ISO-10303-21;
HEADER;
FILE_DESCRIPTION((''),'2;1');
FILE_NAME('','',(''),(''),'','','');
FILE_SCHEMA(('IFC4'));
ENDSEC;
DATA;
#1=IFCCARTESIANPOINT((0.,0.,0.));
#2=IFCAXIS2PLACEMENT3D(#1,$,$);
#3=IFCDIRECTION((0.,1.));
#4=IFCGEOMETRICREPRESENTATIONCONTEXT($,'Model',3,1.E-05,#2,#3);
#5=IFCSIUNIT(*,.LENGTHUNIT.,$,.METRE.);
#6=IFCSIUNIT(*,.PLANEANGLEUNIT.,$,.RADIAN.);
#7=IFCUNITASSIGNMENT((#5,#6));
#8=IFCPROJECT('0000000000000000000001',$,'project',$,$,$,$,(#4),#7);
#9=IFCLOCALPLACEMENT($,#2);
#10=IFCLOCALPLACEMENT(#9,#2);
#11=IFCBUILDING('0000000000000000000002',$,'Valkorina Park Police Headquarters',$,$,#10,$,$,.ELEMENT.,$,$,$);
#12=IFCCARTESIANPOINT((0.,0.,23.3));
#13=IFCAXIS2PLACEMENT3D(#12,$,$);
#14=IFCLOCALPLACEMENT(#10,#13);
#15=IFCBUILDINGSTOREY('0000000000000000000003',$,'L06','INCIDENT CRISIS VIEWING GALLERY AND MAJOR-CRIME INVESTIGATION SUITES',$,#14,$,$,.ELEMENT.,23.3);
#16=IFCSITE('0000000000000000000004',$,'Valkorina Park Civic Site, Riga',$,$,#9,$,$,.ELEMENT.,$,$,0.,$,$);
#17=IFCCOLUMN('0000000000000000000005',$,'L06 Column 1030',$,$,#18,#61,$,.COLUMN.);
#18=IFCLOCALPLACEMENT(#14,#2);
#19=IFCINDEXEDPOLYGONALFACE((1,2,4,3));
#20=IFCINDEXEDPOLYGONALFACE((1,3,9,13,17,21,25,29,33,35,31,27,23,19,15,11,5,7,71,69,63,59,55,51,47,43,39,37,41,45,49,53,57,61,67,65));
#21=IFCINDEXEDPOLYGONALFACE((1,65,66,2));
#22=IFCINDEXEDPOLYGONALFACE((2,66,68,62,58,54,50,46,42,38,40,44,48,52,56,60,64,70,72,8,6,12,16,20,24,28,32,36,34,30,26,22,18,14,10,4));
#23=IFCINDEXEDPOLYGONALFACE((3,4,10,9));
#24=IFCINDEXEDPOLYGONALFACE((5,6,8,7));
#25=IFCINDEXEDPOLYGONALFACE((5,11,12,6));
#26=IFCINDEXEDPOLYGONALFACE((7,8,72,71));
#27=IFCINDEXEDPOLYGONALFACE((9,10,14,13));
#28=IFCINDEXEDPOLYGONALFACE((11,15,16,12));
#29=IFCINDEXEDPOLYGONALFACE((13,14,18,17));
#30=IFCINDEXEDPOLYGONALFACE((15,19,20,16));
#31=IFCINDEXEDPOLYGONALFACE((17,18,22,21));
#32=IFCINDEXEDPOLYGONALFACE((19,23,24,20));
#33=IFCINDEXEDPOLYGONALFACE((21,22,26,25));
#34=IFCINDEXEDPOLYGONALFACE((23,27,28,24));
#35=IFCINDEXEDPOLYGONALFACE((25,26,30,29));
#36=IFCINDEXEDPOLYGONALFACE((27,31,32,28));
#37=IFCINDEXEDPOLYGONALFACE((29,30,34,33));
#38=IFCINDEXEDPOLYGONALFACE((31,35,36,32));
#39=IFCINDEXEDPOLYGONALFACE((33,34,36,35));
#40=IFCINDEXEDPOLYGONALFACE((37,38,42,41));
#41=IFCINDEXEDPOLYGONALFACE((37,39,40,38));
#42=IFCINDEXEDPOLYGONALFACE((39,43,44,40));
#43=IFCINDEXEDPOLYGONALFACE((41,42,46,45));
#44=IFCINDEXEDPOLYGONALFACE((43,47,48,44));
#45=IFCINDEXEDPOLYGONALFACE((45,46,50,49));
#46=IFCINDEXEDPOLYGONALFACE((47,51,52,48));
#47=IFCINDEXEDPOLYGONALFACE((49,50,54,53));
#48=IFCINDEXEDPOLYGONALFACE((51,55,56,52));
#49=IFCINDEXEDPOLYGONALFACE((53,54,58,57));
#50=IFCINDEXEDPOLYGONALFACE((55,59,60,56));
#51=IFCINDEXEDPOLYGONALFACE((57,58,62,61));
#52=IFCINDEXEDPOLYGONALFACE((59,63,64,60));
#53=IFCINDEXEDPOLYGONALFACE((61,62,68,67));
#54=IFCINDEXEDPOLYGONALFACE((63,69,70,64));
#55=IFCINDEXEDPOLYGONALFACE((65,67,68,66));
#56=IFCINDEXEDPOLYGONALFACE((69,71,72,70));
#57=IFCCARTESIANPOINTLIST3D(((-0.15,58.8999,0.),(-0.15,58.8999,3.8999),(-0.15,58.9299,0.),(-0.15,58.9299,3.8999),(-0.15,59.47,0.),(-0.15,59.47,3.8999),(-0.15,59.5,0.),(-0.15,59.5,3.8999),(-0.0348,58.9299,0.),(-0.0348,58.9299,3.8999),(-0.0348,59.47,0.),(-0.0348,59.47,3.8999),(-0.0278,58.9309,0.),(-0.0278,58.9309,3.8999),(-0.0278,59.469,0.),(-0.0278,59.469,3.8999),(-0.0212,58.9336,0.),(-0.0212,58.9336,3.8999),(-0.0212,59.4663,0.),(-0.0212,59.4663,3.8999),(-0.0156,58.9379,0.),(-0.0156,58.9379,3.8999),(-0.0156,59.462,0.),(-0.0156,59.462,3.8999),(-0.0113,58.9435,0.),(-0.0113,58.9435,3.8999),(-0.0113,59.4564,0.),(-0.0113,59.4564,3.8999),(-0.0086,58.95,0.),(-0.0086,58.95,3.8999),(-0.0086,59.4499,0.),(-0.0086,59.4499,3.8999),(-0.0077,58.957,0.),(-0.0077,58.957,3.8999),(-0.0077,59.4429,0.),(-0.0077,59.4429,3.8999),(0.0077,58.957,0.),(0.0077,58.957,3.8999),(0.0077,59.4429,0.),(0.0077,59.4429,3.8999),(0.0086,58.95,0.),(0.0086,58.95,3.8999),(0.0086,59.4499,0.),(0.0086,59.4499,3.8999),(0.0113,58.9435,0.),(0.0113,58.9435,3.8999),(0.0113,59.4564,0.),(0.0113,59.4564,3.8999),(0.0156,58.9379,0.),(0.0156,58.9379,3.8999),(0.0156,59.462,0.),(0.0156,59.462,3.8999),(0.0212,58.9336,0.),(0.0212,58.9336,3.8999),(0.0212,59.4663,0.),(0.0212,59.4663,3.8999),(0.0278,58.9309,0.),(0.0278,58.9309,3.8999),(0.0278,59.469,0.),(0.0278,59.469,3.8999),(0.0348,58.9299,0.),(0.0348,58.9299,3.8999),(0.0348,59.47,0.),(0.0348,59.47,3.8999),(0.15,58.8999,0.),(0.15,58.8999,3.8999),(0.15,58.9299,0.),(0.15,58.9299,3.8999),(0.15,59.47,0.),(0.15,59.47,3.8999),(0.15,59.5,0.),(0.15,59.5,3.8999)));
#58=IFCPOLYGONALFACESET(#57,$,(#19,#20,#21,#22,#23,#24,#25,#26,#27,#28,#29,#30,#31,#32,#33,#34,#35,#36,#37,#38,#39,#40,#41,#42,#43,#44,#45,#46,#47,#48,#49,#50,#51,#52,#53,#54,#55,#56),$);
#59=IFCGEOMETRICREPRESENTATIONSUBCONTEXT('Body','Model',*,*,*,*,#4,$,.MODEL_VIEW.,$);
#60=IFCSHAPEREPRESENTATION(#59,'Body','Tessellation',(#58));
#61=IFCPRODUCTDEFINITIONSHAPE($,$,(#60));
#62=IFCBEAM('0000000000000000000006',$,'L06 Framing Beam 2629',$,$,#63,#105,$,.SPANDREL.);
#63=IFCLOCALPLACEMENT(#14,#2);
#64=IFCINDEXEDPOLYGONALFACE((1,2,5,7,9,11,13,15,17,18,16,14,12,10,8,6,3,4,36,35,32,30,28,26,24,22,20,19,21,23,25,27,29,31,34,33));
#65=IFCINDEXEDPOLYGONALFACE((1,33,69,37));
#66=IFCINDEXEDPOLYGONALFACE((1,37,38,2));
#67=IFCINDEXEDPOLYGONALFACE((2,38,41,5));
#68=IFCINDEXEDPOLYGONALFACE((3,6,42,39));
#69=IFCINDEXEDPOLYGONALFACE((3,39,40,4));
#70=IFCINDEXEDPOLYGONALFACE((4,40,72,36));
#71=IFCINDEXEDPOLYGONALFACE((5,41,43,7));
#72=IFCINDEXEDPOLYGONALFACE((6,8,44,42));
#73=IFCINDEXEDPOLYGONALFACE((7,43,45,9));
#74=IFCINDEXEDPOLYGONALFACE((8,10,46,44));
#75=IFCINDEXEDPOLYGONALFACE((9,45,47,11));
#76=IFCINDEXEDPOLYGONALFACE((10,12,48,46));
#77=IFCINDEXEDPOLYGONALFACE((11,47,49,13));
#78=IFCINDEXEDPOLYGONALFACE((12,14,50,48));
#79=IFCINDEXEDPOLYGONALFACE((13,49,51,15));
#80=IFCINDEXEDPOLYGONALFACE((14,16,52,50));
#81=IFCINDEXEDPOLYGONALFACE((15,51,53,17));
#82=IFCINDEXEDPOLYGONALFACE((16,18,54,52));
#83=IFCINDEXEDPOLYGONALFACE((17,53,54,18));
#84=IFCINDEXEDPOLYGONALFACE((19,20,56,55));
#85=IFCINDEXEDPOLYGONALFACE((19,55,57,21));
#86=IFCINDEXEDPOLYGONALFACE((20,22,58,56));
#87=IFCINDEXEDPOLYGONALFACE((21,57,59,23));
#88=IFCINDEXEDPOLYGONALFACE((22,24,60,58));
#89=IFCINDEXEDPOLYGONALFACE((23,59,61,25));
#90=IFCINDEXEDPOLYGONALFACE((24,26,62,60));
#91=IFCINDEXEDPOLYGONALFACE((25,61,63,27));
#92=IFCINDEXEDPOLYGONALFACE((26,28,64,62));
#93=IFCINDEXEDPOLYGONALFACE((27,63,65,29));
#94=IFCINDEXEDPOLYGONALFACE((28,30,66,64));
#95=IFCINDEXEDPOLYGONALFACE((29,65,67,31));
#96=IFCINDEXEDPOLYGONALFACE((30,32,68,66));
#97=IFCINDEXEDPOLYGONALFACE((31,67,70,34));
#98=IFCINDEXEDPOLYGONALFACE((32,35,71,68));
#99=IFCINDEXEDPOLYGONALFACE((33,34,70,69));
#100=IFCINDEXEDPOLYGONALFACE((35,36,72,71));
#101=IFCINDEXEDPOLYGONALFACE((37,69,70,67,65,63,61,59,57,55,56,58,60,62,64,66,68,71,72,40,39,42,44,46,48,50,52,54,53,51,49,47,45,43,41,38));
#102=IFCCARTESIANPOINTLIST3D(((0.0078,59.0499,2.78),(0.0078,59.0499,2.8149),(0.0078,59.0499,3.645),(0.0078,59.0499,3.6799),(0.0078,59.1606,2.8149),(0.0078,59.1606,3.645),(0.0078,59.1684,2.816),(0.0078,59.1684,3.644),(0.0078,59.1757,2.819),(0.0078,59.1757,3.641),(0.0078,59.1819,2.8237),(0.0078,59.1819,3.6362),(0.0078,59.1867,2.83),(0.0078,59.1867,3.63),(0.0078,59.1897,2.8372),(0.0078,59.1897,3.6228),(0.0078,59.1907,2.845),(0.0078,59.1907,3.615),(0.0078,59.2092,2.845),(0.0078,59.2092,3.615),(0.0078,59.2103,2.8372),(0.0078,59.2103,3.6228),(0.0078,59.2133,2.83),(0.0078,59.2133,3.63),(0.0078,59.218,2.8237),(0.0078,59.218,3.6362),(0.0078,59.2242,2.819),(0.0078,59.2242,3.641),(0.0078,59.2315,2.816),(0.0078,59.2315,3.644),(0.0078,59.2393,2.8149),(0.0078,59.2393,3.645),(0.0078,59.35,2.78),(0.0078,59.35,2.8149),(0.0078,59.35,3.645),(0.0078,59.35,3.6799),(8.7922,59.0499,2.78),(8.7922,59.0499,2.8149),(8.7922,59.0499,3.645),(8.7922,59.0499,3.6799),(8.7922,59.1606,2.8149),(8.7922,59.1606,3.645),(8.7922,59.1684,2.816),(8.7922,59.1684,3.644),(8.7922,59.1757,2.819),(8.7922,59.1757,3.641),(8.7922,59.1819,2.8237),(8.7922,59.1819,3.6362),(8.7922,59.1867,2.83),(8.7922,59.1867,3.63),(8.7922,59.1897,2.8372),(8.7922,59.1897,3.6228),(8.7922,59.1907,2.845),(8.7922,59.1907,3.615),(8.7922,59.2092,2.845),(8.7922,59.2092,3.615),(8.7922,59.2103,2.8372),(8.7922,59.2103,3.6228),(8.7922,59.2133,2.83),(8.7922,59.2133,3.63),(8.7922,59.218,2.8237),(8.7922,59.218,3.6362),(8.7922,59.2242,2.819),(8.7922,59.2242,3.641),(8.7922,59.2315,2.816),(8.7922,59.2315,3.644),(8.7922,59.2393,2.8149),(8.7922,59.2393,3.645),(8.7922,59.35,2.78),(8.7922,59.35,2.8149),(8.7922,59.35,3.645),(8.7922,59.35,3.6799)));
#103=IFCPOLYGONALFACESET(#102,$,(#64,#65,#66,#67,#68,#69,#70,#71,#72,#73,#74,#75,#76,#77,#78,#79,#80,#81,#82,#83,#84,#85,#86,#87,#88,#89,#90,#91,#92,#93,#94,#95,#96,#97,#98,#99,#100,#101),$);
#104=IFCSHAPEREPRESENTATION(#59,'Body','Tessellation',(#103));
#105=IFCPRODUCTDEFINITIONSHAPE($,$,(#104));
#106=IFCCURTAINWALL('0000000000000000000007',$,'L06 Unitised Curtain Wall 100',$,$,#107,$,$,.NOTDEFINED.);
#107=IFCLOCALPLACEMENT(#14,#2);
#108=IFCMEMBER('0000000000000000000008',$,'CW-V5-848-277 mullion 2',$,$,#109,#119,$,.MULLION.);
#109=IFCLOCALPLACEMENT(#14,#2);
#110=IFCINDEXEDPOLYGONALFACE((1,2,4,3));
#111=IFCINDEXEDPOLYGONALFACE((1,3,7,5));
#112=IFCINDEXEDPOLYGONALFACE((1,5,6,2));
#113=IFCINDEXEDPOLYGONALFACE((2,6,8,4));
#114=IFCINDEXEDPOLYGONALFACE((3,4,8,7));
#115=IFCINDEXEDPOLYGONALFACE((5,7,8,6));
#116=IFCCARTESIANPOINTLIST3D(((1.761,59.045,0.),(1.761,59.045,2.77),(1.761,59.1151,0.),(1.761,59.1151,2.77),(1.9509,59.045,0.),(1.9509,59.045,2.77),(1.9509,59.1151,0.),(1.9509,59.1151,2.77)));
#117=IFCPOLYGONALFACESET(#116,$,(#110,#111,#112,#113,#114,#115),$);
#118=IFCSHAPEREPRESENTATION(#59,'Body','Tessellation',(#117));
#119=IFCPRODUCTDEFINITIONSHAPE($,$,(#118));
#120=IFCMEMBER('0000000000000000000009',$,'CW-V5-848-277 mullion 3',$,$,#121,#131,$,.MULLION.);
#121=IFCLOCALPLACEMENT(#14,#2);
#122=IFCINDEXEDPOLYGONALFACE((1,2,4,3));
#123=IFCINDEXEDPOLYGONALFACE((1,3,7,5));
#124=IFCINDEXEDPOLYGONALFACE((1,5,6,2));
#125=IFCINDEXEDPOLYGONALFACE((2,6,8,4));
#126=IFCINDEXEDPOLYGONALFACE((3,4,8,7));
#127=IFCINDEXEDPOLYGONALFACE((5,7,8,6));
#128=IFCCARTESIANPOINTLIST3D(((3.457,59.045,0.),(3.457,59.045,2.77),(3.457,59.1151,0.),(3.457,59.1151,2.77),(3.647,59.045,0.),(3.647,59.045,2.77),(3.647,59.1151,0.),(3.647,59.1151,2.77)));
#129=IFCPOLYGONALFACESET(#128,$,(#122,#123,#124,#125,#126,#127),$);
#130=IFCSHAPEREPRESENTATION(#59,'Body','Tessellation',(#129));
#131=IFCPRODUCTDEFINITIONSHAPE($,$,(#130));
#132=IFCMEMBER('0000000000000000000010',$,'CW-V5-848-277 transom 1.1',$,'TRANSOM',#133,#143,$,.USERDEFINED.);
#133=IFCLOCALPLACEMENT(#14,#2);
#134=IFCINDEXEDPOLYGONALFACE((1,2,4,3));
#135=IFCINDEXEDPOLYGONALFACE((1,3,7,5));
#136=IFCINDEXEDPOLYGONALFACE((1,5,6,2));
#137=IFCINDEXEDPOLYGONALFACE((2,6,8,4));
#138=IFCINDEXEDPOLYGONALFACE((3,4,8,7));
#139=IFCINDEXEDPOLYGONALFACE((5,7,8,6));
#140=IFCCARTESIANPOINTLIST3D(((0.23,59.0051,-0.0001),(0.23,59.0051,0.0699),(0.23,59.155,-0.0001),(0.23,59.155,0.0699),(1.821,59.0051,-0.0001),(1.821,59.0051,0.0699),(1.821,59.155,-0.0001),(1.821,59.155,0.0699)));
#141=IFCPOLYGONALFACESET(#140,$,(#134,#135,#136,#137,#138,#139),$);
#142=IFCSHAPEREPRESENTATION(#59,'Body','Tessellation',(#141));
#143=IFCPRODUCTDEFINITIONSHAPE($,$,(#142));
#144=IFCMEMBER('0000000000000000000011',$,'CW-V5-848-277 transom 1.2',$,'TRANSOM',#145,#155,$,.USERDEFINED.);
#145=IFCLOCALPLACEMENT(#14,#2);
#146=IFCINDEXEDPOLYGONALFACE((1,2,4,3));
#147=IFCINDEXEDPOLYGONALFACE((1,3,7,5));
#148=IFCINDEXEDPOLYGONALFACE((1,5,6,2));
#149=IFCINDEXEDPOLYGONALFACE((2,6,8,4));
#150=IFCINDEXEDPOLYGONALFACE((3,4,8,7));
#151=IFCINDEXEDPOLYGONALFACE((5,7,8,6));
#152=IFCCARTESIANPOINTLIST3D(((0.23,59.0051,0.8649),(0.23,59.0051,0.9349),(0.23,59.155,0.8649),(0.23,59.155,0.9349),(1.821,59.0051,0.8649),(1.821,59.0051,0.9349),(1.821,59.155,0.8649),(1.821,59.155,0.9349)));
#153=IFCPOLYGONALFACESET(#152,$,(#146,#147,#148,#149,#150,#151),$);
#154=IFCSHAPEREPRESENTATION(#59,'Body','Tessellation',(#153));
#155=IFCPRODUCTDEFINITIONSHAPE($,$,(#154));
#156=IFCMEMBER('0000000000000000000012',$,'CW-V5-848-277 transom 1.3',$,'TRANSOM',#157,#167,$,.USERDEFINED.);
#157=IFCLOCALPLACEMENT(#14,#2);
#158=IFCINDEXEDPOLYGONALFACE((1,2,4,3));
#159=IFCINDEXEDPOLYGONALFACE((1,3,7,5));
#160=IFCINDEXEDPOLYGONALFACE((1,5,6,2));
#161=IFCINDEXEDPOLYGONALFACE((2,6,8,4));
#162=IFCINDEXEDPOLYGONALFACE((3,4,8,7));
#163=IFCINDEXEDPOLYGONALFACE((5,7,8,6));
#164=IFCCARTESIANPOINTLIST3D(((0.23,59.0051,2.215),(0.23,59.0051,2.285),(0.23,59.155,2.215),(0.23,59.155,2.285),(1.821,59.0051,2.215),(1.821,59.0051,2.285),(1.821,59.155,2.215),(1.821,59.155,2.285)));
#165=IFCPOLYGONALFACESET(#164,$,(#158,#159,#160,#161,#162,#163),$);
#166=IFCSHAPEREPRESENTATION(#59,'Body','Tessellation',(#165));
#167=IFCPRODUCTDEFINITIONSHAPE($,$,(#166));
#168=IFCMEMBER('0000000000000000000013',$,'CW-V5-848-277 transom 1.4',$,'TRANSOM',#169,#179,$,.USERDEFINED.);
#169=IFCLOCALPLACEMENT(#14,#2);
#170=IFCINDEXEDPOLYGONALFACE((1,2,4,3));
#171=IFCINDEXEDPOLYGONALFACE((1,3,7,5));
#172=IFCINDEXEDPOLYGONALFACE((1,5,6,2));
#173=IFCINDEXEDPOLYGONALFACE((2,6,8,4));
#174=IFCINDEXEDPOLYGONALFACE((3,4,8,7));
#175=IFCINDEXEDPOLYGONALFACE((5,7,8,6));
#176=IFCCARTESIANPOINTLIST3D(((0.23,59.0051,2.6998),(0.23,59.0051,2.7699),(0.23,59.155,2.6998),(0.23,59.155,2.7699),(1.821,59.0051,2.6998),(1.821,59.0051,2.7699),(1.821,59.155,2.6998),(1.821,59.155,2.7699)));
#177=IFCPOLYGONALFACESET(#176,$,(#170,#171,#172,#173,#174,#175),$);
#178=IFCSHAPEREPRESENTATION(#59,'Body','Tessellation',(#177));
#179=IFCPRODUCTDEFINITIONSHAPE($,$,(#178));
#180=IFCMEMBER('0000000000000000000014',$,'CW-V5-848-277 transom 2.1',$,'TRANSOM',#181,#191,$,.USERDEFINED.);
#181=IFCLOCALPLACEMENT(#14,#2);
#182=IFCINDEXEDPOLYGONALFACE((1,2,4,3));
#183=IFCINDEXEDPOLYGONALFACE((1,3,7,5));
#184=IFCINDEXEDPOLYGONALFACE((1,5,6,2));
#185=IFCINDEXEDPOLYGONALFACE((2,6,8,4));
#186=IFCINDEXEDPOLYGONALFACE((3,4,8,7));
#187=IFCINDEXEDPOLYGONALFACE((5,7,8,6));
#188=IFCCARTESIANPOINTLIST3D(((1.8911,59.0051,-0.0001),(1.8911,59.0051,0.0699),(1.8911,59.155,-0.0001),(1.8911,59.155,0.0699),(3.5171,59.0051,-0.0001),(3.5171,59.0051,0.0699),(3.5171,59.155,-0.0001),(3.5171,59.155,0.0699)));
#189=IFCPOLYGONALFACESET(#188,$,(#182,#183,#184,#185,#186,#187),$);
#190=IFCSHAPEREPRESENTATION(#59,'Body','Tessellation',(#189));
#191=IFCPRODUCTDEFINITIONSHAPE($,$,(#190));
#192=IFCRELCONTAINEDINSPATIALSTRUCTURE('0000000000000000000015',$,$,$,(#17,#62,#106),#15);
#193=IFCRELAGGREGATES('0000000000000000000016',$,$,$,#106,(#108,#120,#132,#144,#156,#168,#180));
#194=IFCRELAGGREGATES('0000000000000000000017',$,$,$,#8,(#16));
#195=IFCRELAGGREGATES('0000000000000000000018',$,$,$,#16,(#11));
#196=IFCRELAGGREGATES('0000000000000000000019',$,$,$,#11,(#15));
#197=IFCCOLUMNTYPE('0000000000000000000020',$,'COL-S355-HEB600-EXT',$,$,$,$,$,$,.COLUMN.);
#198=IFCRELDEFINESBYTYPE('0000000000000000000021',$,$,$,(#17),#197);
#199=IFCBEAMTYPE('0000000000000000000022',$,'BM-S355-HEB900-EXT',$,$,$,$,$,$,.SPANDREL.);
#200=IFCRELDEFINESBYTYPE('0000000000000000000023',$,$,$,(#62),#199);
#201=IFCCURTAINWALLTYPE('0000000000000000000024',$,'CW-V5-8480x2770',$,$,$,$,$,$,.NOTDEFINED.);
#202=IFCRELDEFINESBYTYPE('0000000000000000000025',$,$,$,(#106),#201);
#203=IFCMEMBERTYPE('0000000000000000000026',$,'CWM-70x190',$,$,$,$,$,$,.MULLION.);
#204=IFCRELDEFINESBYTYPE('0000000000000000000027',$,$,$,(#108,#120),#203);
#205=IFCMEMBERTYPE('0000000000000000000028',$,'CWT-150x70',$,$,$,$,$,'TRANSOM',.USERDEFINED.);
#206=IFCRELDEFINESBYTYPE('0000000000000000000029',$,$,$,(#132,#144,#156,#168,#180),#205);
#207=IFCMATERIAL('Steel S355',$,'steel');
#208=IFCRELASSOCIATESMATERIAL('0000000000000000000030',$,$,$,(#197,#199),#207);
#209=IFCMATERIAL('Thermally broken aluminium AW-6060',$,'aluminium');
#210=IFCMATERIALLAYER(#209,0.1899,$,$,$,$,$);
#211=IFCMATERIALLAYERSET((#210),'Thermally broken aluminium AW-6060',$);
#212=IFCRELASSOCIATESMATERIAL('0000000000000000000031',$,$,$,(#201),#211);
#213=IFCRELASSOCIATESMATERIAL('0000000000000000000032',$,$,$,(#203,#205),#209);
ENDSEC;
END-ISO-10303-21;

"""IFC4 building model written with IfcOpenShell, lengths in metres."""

from ifc_helpers import new_model, si_unit, direction, frame, origin, origin_2d, place, context, subcontext, project, spatial, rectangle, i_section, extrude, material, layer, layer_set, material_profile, profile_set, type_object, element, aggregate, save


model = new_model("IFC4")

# Units and contexts
model_context = context("Model", 3, precision=1e-05, world=origin(), true_north=direction((0.0, 1.0)))
body_context = subcontext(model_context, "Body", "Model", "MODEL_VIEW")
ifc_project = project(units=[si_unit("LENGTHUNIT", "METRE"), si_unit("PLANEANGLEUNIT", "RADIAN")], contexts=[model_context])

# Site, building, storey
site_placement = place(None, origin())
site = spatial("IfcSite", under=ifc_project, at=site_placement, Name="Valkorina Park Civic Site, Riga", CompositionType="ELEMENT", RefElevation=0.0)
building_placement = place(site_placement, origin())
building = spatial("IfcBuilding", under=site, at=building_placement, Name="Valkorina Park Police Headquarters", CompositionType="ELEMENT")
storey_placement = place(building_placement, frame((0.0, 0.0, 23.3)))
storey = spatial("IfcBuildingStorey", under=building, at=storey_placement, Name="L06", Description="INCIDENT CRISIS VIEWING GALLERY AND MAJOR-CRIME INVESTIGATION SUITES", CompositionType="ELEMENT", Elevation=23.3)

# Column
ifc_material_1 = material(Name="Steel S355", Category="steel")
ifc_material_profile_1 = material_profile(ifc_material_1, i_section(OverallWidth=0.3, OverallDepth=0.6001, WebThickness=0.0154, FlangeThickness=0.03, FilletRadius=0.0271, at=origin_2d()), Name="HEB 600")
ifc_profile_set_1 = profile_set([ifc_material_profile_1], Name="Steel S355")
column_type = type_object("IfcColumnType", Name="COL-S355-HEB600-EXT", PredefinedType="COLUMN", material=ifc_profile_set_1)
column_placement = place(storey_placement, frame((0.0, 59.2, 0.0), z_axis=(0.0, 0.0, 1.0), x_axis=(1.0, 0.0, 0.0)))
element("IfcColumn", 1, at=column_placement, inside=storey, type_object=column_type, Name="L06 Column 1030", PredefinedType="COLUMN", context=body_context, shape_type="SweptSolid", body=[
    extrude(i_section(OverallWidth=0.3, OverallDepth=0.6001, WebThickness=0.0154, FlangeThickness=0.03, FilletRadius=0.0271, at=origin_2d()), origin(), (0.0, 0.0, 1.0), 3.8999),
])

# Beam
ifc_material_profile_2 = material_profile(ifc_material_1, i_section(OverallWidth=0.3, OverallDepth=0.8999, WebThickness=0.0186, FlangeThickness=0.0349, FilletRadius=0.03, at=origin_2d()), Name="HEB 900")
ifc_profile_set_2 = profile_set([ifc_material_profile_2], Name="Steel S355")
beam_type = type_object("IfcBeamType", Name="BM-S355-HEB900-EXT", PredefinedType="SPANDREL", material=ifc_profile_set_2)
beam_placement = place(storey_placement, frame((0.0078, 59.2, 3.23), z_axis=(1.0, 0.0, 0.0), x_axis=(0.0, 1.0, 0.0)))
element("IfcBeam", 2, at=beam_placement, inside=storey, type_object=beam_type, Name="L06 Framing Beam 2629", PredefinedType="SPANDREL", context=body_context, shape_type="SweptSolid", body=[
    extrude(i_section(OverallWidth=0.3, OverallDepth=0.8999, WebThickness=0.0186, FlangeThickness=0.0349, FilletRadius=0.03, at=origin_2d()), origin(), (0.0, 0.0, 1.0), 8.7844),
])

# Curtain wall, members
ifc_material_2 = material(Name="Thermally broken aluminium AW-6060", Category="aluminium")
ifc_layer_1 = layer(ifc_material_2, 0.1899)
ifc_layer_set_1 = layer_set([ifc_layer_1], Name="Thermally broken aluminium AW-6060")
curtain_wall_type = type_object("IfcCurtainWallType", Name="CW-V5-8480x2770", PredefinedType="NOTDEFINED", material=ifc_layer_set_1)
curtain_wall_placement = place(storey_placement, origin())
curtain_wall = element("IfcCurtainWall", 3, at=curtain_wall_placement, inside=storey, type_object=curtain_wall_type, Name="L06 Unitised Curtain Wall 100", PredefinedType="NOTDEFINED")
ifc_material_profile_3 = material_profile(ifc_material_2, rectangle(XDim=0.0701, YDim=0.1899, at=origin_2d()), Name="CWM-02 70x190")
ifc_profile_set_3 = profile_set([ifc_material_profile_3], Name="Thermally broken aluminium AW-6060")
member_type_1 = type_object("IfcMemberType", Name="CWM-70x190", PredefinedType="MULLION", material=ifc_profile_set_3)
member_1_placement = place(storey_placement, frame((1.856, 59.0801, 0.0), z_axis=(0.0, 0.0, 1.0), x_axis=(0.0, 1.0, 0.0)))
member_1 = element("IfcMember", 4, at=member_1_placement, type_object=member_type_1, Name="CW-V5-848-277 mullion 2", PredefinedType="MULLION", context=body_context, shape_type="SweptSolid", body=[
    extrude(rectangle(XDim=0.0701, YDim=0.1899, at=origin_2d()), origin(), (0.0, 0.0, 1.0), 2.77),
])
member_2_placement = place(storey_placement, frame((3.552, 59.0801, 0.0), z_axis=(0.0, 0.0, 1.0), x_axis=(0.0, 1.0, 0.0)))
member_2 = element("IfcMember", 5, at=member_2_placement, type_object=member_type_1, Name="CW-V5-848-277 mullion 3", PredefinedType="MULLION", context=body_context, shape_type="SweptSolid", body=[
    extrude(rectangle(XDim=0.0701, YDim=0.1899, at=origin_2d()), origin(), (0.0, 0.0, 1.0), 2.77),
])
ifc_material_profile_4 = material_profile(ifc_material_2, rectangle(XDim=0.1499, YDim=0.0701, at=origin_2d()), Name="CWT-02 150x70")
ifc_profile_set_4 = profile_set([ifc_material_profile_4], Name="Thermally broken aluminium AW-6060")
member_type_2 = type_object("IfcMemberType", Name="CWT-150x70", ElementType="TRANSOM", PredefinedType="USERDEFINED", material=ifc_profile_set_4)
member_3_placement = place(storey_placement, frame((0.23, 59.0801, 0.0349), z_axis=(1.0, 0.0, 0.0), x_axis=(0.0, 1.0, 0.0)))
member_3 = element("IfcMember", 6, at=member_3_placement, type_object=member_type_2, Name="CW-V5-848-277 transom 1.1", ObjectType="TRANSOM", PredefinedType="USERDEFINED", context=body_context, shape_type="SweptSolid", body=[
    extrude(rectangle(XDim=0.1499, YDim=0.0701, at=origin_2d()), origin(), (0.0, 0.0, 1.0), 1.5911),
])
member_4_placement = place(storey_placement, frame((0.23, 59.0801, 0.8999), z_axis=(1.0, 0.0, 0.0), x_axis=(0.0, 1.0, 0.0)))
member_4 = element("IfcMember", 7, at=member_4_placement, type_object=member_type_2, Name="CW-V5-848-277 transom 1.2", ObjectType="TRANSOM", PredefinedType="USERDEFINED", context=body_context, shape_type="SweptSolid", body=[
    extrude(rectangle(XDim=0.1499, YDim=0.0701, at=origin_2d()), origin(), (0.0, 0.0, 1.0), 1.5911),
])
member_5_placement = place(storey_placement, frame((0.23, 59.0801, 2.25), z_axis=(1.0, 0.0, 0.0), x_axis=(0.0, 1.0, 0.0)))
member_5 = element("IfcMember", 8, at=member_5_placement, type_object=member_type_2, Name="CW-V5-848-277 transom 1.3", ObjectType="TRANSOM", PredefinedType="USERDEFINED", context=body_context, shape_type="SweptSolid", body=[
    extrude(rectangle(XDim=0.1499, YDim=0.0701, at=origin_2d()), origin(), (0.0, 0.0, 1.0), 1.5911),
])
member_6_placement = place(storey_placement, frame((0.23, 59.0801, 2.7349), z_axis=(1.0, 0.0, 0.0), x_axis=(0.0, 1.0, 0.0)))
member_6 = element("IfcMember", 9, at=member_6_placement, type_object=member_type_2, Name="CW-V5-848-277 transom 1.4", ObjectType="TRANSOM", PredefinedType="USERDEFINED", context=body_context, shape_type="SweptSolid", body=[
    extrude(rectangle(XDim=0.1499, YDim=0.0701, at=origin_2d()), origin(), (0.0, 0.0, 1.0), 1.5911),
])
member_7_placement = place(storey_placement, frame((1.8911, 59.0801, 0.0349), z_axis=(1.0, 0.0, 0.0), x_axis=(0.0, 1.0, 0.0)))
member_7 = element("IfcMember", 10, at=member_7_placement, type_object=member_type_2, Name="CW-V5-848-277 transom 2.1", ObjectType="TRANSOM", PredefinedType="USERDEFINED", context=body_context, shape_type="SweptSolid", body=[
    extrude(rectangle(XDim=0.1499, YDim=0.0701, at=origin_2d()), origin(), (0.0, 0.0, 1.0), 1.626),
])
aggregate(curtain_wall, [member_1, member_2, member_3, member_4, member_5, member_6, member_7])

save(model, "model.ifc")
